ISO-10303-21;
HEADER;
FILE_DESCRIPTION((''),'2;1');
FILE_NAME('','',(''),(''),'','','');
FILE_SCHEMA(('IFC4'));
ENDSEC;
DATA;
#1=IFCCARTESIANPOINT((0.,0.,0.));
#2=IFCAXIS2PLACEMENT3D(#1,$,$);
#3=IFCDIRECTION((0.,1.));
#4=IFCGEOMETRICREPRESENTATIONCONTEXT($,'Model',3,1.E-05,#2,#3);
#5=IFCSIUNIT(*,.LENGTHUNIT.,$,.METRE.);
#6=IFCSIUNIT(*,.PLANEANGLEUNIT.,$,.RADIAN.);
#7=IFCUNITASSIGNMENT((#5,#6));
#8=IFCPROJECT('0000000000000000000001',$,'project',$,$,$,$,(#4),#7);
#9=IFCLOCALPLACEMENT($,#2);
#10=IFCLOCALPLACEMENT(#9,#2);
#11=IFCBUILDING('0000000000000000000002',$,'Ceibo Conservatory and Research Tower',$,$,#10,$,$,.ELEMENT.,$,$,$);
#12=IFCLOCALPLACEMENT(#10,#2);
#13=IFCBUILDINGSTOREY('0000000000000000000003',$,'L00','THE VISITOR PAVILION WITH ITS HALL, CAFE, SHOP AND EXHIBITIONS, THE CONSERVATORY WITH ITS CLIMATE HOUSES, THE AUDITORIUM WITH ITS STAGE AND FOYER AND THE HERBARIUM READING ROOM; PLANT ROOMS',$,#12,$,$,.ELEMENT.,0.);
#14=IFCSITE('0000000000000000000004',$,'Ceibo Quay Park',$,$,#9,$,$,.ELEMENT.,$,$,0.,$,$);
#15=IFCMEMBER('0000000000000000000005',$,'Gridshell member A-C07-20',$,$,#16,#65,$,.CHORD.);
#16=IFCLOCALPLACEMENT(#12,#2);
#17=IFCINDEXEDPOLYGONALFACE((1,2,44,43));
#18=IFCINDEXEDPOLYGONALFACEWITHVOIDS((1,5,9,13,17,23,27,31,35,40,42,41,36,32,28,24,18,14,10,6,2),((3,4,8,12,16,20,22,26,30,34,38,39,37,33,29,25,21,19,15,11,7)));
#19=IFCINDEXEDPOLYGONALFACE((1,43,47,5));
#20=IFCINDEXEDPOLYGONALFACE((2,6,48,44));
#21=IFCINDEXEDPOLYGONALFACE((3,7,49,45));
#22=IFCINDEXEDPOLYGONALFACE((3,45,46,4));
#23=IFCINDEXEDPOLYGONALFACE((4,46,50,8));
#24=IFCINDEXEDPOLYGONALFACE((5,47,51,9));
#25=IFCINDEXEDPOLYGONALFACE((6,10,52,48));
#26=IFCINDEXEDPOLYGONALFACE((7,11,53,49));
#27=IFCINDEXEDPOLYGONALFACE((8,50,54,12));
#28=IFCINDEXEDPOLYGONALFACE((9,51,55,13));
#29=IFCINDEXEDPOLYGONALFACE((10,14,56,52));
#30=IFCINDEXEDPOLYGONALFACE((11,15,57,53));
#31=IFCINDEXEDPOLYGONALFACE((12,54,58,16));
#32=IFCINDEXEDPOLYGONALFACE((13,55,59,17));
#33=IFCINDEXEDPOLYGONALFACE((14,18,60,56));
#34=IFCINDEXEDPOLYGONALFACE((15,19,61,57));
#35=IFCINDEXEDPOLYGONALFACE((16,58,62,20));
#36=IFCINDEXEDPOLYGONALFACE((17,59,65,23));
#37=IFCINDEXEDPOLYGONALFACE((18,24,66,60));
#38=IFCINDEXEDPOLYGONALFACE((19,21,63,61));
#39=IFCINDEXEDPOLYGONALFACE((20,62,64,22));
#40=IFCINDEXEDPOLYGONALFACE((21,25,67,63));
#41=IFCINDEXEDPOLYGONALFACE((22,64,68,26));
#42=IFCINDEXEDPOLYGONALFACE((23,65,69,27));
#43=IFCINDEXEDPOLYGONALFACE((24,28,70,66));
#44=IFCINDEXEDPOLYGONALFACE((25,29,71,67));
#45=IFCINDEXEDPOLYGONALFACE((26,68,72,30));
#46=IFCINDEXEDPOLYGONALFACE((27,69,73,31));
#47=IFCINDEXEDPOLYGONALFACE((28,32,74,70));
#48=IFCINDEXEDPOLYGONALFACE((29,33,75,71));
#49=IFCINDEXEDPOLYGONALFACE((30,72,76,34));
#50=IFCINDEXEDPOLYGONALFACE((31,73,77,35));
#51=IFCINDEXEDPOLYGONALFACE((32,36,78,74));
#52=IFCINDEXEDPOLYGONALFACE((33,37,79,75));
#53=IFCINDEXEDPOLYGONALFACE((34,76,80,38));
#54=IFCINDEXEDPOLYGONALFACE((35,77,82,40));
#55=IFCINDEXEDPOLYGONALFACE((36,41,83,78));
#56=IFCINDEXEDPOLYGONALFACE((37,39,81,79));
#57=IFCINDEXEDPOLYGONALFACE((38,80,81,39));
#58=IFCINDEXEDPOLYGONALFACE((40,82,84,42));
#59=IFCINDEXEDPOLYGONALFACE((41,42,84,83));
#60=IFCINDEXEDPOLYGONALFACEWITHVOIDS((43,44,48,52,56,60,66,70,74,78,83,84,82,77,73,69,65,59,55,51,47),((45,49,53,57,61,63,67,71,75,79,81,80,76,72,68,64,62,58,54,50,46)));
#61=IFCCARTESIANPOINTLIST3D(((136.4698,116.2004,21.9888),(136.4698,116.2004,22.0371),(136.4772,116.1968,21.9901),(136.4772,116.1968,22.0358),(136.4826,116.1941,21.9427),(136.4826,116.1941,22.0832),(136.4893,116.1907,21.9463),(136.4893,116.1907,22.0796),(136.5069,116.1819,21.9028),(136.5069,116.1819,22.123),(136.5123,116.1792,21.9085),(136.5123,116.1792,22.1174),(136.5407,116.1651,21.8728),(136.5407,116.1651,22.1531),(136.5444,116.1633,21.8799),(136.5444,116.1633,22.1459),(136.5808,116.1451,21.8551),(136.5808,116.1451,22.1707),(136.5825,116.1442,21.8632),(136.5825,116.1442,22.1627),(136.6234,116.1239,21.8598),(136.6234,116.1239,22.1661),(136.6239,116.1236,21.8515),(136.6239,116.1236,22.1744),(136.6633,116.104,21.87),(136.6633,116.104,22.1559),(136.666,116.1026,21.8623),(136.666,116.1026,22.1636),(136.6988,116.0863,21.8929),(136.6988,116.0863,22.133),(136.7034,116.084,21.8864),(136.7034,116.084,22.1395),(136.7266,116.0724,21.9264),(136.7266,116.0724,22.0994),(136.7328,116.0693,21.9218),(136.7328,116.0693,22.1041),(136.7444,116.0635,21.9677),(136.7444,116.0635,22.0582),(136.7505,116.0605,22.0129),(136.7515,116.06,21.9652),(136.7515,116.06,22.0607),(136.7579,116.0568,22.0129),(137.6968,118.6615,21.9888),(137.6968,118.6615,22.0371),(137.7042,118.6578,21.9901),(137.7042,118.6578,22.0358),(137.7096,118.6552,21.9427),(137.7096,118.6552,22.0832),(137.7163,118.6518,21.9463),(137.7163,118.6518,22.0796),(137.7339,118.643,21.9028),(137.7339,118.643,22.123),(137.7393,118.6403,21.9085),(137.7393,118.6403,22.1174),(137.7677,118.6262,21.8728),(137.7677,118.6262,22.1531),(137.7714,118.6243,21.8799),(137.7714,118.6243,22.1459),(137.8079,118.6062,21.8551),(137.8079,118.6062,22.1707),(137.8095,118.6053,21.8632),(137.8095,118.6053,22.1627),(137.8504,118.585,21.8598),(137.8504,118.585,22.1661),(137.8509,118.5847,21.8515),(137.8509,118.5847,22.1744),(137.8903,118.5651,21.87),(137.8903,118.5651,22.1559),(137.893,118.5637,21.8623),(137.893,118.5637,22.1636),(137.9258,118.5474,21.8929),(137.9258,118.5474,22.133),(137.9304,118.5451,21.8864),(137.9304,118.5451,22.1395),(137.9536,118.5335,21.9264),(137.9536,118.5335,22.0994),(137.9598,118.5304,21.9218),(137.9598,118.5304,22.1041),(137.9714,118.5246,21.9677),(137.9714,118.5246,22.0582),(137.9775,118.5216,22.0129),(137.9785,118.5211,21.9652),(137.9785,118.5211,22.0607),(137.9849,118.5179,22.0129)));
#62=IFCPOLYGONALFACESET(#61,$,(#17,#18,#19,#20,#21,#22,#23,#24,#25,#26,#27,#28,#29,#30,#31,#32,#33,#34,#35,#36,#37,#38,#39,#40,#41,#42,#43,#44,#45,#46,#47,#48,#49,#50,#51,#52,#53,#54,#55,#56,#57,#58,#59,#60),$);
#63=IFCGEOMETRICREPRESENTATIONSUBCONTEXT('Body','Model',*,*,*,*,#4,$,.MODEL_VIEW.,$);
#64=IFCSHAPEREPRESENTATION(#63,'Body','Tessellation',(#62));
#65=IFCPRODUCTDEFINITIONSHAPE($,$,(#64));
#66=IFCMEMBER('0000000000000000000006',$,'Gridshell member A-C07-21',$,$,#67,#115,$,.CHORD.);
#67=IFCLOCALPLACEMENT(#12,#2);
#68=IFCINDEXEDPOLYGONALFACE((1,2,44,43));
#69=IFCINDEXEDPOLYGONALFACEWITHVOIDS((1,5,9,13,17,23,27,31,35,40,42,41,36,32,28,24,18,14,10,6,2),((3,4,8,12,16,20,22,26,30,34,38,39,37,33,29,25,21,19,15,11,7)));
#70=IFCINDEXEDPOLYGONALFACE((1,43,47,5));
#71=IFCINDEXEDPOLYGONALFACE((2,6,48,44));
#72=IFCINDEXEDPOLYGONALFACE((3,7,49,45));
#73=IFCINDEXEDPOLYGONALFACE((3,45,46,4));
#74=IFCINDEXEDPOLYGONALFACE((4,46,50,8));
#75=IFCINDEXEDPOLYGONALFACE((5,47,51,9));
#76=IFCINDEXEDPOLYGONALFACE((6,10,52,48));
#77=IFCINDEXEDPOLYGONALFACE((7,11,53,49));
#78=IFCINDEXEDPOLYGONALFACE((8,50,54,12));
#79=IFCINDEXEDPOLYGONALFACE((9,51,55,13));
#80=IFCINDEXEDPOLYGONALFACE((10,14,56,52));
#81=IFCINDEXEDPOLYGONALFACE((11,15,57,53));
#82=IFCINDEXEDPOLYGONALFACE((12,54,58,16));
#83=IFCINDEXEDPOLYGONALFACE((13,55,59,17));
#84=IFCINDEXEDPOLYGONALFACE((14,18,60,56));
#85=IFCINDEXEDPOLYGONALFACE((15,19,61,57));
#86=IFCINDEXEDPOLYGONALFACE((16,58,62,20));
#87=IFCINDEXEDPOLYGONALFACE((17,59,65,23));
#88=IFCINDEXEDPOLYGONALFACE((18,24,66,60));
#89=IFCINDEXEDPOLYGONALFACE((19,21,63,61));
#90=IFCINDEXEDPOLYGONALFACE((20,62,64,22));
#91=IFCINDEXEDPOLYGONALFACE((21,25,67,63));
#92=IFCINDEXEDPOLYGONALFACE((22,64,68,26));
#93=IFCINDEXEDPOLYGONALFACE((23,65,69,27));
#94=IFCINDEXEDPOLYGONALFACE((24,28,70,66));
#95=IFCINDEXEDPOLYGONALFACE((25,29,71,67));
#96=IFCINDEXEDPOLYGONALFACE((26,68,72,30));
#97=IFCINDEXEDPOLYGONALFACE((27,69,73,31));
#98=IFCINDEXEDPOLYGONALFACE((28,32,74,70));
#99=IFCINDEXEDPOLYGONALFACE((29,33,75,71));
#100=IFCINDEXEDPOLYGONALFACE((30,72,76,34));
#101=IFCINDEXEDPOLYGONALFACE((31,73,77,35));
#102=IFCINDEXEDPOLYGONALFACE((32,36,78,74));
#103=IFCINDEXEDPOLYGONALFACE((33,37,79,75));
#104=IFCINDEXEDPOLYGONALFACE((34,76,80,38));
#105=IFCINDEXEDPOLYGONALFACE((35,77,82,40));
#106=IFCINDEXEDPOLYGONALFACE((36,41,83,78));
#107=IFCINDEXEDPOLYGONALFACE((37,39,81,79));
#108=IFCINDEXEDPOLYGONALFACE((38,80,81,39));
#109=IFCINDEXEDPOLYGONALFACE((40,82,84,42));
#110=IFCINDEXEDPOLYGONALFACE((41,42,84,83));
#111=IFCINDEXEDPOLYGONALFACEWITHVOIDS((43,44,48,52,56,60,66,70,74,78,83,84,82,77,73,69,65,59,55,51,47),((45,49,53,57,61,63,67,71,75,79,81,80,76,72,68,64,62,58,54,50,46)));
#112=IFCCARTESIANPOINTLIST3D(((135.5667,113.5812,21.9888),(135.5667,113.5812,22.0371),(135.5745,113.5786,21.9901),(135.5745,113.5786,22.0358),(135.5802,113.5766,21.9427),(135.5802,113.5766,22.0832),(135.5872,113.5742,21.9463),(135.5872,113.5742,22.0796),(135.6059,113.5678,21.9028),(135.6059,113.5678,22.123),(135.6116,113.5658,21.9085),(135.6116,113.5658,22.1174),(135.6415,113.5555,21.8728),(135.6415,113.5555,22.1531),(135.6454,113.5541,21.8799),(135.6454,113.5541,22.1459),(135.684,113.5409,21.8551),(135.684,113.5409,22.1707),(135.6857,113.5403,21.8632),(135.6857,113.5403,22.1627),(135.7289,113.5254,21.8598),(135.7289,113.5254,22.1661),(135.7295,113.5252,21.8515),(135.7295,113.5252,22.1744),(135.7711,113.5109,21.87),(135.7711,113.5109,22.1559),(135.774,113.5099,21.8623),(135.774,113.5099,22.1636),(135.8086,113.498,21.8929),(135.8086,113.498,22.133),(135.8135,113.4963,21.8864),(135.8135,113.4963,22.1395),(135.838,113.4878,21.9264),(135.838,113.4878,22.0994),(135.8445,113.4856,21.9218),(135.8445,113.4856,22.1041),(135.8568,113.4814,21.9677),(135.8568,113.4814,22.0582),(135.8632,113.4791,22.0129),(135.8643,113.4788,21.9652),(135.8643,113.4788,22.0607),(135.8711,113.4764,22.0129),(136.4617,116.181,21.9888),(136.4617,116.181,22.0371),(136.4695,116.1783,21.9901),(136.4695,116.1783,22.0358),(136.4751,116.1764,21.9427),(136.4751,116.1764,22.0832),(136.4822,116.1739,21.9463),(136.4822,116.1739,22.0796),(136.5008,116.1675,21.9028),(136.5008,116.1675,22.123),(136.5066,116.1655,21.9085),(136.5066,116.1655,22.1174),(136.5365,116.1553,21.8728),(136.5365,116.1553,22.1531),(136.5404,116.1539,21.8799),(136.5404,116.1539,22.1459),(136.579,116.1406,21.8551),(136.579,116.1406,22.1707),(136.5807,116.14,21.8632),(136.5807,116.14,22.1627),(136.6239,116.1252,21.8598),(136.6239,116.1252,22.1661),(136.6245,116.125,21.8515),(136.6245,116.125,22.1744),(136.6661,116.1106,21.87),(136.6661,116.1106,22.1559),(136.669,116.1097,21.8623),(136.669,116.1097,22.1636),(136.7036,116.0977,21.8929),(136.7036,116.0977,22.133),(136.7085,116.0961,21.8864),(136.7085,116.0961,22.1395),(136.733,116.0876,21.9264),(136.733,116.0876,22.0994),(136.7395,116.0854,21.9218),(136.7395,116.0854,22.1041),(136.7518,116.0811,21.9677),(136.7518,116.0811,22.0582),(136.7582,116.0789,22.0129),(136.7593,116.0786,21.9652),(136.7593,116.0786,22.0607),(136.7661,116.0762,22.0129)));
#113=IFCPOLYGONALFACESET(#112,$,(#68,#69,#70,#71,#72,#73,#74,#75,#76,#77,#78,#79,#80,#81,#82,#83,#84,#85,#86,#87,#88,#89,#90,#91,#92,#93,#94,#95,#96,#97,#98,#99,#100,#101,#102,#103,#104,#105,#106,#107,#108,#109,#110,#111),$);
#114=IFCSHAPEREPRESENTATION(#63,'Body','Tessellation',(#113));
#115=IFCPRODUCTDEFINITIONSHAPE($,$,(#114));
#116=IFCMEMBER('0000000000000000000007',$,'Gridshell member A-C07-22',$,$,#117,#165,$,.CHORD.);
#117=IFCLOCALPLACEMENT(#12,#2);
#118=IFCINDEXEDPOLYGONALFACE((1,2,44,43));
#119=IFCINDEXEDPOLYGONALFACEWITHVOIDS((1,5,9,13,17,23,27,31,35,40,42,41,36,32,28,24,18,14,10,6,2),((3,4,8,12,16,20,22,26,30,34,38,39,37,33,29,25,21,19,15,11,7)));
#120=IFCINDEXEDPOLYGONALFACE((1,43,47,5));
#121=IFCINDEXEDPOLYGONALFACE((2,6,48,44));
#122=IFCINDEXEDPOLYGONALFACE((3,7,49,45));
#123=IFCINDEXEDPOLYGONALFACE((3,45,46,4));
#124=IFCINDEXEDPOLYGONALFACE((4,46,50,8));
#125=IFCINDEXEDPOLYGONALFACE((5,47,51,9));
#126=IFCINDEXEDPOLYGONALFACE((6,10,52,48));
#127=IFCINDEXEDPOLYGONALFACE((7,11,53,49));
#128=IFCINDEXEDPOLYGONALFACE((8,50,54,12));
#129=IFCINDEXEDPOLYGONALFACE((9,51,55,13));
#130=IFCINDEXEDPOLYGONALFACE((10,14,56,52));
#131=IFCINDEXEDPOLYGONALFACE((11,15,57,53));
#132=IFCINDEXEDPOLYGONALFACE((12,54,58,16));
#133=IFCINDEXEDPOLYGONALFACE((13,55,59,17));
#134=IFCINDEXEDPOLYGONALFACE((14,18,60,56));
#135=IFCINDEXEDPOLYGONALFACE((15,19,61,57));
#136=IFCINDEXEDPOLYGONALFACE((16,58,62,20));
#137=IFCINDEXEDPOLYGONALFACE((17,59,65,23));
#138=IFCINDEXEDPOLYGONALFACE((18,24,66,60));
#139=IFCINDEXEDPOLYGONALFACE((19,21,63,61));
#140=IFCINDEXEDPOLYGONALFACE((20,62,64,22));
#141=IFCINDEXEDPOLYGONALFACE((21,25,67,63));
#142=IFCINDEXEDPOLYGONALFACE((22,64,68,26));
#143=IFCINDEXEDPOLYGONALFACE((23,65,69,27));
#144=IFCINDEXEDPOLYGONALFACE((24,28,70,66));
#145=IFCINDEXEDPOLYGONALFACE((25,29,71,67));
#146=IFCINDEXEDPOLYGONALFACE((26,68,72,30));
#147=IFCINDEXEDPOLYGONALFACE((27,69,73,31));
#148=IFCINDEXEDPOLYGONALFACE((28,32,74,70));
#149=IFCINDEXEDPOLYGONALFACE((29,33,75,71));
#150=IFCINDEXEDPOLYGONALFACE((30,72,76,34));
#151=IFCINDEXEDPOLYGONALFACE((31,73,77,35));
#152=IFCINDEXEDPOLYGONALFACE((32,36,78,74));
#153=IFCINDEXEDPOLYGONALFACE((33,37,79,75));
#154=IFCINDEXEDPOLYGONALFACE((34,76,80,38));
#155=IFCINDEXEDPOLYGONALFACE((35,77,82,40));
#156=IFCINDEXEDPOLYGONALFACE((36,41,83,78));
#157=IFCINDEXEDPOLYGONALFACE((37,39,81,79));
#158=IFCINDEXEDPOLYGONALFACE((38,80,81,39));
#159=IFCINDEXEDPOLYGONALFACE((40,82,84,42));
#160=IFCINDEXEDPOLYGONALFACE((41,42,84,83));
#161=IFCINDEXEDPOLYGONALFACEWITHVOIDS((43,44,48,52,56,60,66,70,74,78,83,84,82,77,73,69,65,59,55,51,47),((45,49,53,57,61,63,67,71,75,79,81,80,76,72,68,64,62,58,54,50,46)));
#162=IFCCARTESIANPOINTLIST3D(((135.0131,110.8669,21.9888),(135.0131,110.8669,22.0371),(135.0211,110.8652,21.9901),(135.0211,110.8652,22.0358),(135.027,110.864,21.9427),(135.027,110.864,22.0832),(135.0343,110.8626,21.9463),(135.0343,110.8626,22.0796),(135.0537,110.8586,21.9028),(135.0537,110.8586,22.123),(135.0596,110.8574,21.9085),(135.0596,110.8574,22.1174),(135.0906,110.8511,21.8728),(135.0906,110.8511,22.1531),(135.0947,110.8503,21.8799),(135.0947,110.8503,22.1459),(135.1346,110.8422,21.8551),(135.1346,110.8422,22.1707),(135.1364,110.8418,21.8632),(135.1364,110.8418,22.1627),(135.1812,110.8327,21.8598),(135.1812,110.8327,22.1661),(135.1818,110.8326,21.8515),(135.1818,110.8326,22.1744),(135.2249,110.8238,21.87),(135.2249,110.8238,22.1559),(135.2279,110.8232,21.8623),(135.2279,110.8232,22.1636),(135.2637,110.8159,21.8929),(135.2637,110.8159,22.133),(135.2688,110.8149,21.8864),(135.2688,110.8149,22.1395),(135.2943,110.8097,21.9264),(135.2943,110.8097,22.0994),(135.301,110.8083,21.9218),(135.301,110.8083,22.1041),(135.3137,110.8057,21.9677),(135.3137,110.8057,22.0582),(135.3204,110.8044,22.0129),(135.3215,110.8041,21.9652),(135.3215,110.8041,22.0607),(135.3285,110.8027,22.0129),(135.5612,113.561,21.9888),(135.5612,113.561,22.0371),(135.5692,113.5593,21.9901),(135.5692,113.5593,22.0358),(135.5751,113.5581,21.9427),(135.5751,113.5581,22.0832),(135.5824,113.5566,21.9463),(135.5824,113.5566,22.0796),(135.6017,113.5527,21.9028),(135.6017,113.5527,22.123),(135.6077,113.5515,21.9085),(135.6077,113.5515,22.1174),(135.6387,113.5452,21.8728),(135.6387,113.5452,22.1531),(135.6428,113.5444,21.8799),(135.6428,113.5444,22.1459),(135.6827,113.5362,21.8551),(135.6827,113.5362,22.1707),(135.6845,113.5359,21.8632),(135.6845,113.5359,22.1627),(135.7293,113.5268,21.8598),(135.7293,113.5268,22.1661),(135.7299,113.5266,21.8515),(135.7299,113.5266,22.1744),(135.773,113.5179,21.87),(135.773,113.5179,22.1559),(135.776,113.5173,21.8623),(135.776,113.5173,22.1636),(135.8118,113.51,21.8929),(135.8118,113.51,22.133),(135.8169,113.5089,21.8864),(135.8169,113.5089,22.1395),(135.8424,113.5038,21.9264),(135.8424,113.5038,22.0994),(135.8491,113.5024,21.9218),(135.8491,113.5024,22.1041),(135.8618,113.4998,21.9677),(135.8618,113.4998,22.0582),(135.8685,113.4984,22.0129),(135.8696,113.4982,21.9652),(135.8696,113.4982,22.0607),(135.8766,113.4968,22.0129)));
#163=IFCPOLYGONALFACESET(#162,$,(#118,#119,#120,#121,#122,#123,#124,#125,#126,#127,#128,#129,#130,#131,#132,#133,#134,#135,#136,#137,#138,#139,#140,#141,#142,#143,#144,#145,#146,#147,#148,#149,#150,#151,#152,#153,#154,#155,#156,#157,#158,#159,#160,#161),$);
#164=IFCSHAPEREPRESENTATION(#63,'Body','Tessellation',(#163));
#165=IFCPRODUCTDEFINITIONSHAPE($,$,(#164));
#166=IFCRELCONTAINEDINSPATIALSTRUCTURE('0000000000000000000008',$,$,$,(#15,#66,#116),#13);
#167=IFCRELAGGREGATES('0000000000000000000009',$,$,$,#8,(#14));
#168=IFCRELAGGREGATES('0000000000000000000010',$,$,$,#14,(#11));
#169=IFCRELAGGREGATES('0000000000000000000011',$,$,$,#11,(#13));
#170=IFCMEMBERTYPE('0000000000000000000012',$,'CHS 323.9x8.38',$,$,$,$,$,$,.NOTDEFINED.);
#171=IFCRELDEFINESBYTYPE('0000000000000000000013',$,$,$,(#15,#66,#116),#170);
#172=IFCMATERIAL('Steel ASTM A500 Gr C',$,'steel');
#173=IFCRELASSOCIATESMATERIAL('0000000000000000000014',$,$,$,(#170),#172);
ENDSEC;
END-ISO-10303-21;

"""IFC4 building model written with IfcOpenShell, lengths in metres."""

from ifc_helpers import new_model, si_unit, direction, frame, origin, origin_2d, place, context, subcontext, project, spatial, hollow_circle, extrude, material, material_profile, profile_set, type_object, element, save


model = new_model("IFC4")

# Units and contexts
model_context = context("Model", 3, precision=1e-05, world=origin(), true_north=direction((0.0, 1.0)))
body_context = subcontext(model_context, "Body", "Model", "MODEL_VIEW")
ifc_project = project(units=[si_unit("LENGTHUNIT", "METRE"), si_unit("PLANEANGLEUNIT", "RADIAN")], contexts=[model_context])

# Site, building, storey
site_placement = place(None, origin())
site = spatial("IfcSite", under=ifc_project, at=site_placement, Name="Ceibo Quay Park", CompositionType="ELEMENT", RefElevation=0.0)
building_placement = place(site_placement, origin())
building = spatial("IfcBuilding", under=site, at=building_placement, Name="Ceibo Conservatory and Research Tower", CompositionType="ELEMENT")
storey_placement = place(building_placement, origin())
storey = spatial("IfcBuildingStorey", under=building, at=storey_placement, Name="L00", Description="THE VISITOR PAVILION WITH ITS HALL, CAFE, SHOP AND EXHIBITIONS, THE CONSERVATORY WITH ITS CLIMATE HOUSES, THE AUDITORIUM WITH ITS STAGE AND FOYER AND THE HERBARIUM READING ROOM; PLANT ROOMS", CompositionType="ELEMENT", Elevation=0.0)

# Members
ifc_material_1 = material(Name="Steel ASTM A500 Gr C", Category="steel")
ifc_material_profile_1 = material_profile(ifc_material_1, hollow_circle(Radius=0.1619, WallThickness=0.0083, at=origin_2d()), Name="CHS 323.9x8.38")
ifc_profile_set_1 = profile_set([ifc_material_profile_1], Name="Steel ASTM A500 Gr C")
member_type_1 = type_object("IfcMemberType", Name="CHS 323.9x8.38", PredefinedType="NOTDEFINED", material=ifc_profile_set_1)
member_1_placement = place(storey_placement, frame((137.8401, 118.5901, 22.0129), z_axis=(-0.446184, -0.894941, 0.0), x_axis=(0.894941, -0.446184, 0.0)))
element("IfcMember", 1, at=member_1_placement, inside=storey, type_object=member_type_1, Name="Gridshell member A-C07-20", PredefinedType="CHORD", context=body_context, shape_type="SweptSolid", body=[
    extrude(hollow_circle(Radius=0.1619, WallThickness=0.0083, at=origin_2d()), origin(), (0.0, 0.0, 1.0), 2.75),
])
member_2_placement = place(storey_placement, frame((136.613, 116.1289, 22.0129), z_axis=(-0.325509, -0.945539, 0.0), x_axis=(0.945539, -0.325509, 0.0)))
element("IfcMember", 2, at=member_2_placement, inside=storey, type_object=member_type_1, Name="Gridshell member A-C07-21", PredefinedType="CHORD", context=body_context, shape_type="SweptSolid", body=[
    extrude(hollow_circle(Radius=0.1619, WallThickness=0.0083, at=origin_2d()), origin(), (0.0, 0.0, 1.0), 2.7495),
])
member_3_placement = place(storey_placement, frame((135.718, 113.5291, 22.0129), z_axis=(-0.19936, -0.979926, 0.0), x_axis=(0.979926, -0.19936, 0.0)))
element("IfcMember", 3, at=member_3_placement, inside=storey, type_object=member_type_1, Name="Gridshell member A-C07-22", PredefinedType="CHORD", context=body_context, shape_type="SweptSolid", body=[
    extrude(hollow_circle(Radius=0.1619, WallThickness=0.0083, at=origin_2d()), origin(), (0.0, 0.0, 1.0), 2.7493),
])

save(model, "model.ifc")
